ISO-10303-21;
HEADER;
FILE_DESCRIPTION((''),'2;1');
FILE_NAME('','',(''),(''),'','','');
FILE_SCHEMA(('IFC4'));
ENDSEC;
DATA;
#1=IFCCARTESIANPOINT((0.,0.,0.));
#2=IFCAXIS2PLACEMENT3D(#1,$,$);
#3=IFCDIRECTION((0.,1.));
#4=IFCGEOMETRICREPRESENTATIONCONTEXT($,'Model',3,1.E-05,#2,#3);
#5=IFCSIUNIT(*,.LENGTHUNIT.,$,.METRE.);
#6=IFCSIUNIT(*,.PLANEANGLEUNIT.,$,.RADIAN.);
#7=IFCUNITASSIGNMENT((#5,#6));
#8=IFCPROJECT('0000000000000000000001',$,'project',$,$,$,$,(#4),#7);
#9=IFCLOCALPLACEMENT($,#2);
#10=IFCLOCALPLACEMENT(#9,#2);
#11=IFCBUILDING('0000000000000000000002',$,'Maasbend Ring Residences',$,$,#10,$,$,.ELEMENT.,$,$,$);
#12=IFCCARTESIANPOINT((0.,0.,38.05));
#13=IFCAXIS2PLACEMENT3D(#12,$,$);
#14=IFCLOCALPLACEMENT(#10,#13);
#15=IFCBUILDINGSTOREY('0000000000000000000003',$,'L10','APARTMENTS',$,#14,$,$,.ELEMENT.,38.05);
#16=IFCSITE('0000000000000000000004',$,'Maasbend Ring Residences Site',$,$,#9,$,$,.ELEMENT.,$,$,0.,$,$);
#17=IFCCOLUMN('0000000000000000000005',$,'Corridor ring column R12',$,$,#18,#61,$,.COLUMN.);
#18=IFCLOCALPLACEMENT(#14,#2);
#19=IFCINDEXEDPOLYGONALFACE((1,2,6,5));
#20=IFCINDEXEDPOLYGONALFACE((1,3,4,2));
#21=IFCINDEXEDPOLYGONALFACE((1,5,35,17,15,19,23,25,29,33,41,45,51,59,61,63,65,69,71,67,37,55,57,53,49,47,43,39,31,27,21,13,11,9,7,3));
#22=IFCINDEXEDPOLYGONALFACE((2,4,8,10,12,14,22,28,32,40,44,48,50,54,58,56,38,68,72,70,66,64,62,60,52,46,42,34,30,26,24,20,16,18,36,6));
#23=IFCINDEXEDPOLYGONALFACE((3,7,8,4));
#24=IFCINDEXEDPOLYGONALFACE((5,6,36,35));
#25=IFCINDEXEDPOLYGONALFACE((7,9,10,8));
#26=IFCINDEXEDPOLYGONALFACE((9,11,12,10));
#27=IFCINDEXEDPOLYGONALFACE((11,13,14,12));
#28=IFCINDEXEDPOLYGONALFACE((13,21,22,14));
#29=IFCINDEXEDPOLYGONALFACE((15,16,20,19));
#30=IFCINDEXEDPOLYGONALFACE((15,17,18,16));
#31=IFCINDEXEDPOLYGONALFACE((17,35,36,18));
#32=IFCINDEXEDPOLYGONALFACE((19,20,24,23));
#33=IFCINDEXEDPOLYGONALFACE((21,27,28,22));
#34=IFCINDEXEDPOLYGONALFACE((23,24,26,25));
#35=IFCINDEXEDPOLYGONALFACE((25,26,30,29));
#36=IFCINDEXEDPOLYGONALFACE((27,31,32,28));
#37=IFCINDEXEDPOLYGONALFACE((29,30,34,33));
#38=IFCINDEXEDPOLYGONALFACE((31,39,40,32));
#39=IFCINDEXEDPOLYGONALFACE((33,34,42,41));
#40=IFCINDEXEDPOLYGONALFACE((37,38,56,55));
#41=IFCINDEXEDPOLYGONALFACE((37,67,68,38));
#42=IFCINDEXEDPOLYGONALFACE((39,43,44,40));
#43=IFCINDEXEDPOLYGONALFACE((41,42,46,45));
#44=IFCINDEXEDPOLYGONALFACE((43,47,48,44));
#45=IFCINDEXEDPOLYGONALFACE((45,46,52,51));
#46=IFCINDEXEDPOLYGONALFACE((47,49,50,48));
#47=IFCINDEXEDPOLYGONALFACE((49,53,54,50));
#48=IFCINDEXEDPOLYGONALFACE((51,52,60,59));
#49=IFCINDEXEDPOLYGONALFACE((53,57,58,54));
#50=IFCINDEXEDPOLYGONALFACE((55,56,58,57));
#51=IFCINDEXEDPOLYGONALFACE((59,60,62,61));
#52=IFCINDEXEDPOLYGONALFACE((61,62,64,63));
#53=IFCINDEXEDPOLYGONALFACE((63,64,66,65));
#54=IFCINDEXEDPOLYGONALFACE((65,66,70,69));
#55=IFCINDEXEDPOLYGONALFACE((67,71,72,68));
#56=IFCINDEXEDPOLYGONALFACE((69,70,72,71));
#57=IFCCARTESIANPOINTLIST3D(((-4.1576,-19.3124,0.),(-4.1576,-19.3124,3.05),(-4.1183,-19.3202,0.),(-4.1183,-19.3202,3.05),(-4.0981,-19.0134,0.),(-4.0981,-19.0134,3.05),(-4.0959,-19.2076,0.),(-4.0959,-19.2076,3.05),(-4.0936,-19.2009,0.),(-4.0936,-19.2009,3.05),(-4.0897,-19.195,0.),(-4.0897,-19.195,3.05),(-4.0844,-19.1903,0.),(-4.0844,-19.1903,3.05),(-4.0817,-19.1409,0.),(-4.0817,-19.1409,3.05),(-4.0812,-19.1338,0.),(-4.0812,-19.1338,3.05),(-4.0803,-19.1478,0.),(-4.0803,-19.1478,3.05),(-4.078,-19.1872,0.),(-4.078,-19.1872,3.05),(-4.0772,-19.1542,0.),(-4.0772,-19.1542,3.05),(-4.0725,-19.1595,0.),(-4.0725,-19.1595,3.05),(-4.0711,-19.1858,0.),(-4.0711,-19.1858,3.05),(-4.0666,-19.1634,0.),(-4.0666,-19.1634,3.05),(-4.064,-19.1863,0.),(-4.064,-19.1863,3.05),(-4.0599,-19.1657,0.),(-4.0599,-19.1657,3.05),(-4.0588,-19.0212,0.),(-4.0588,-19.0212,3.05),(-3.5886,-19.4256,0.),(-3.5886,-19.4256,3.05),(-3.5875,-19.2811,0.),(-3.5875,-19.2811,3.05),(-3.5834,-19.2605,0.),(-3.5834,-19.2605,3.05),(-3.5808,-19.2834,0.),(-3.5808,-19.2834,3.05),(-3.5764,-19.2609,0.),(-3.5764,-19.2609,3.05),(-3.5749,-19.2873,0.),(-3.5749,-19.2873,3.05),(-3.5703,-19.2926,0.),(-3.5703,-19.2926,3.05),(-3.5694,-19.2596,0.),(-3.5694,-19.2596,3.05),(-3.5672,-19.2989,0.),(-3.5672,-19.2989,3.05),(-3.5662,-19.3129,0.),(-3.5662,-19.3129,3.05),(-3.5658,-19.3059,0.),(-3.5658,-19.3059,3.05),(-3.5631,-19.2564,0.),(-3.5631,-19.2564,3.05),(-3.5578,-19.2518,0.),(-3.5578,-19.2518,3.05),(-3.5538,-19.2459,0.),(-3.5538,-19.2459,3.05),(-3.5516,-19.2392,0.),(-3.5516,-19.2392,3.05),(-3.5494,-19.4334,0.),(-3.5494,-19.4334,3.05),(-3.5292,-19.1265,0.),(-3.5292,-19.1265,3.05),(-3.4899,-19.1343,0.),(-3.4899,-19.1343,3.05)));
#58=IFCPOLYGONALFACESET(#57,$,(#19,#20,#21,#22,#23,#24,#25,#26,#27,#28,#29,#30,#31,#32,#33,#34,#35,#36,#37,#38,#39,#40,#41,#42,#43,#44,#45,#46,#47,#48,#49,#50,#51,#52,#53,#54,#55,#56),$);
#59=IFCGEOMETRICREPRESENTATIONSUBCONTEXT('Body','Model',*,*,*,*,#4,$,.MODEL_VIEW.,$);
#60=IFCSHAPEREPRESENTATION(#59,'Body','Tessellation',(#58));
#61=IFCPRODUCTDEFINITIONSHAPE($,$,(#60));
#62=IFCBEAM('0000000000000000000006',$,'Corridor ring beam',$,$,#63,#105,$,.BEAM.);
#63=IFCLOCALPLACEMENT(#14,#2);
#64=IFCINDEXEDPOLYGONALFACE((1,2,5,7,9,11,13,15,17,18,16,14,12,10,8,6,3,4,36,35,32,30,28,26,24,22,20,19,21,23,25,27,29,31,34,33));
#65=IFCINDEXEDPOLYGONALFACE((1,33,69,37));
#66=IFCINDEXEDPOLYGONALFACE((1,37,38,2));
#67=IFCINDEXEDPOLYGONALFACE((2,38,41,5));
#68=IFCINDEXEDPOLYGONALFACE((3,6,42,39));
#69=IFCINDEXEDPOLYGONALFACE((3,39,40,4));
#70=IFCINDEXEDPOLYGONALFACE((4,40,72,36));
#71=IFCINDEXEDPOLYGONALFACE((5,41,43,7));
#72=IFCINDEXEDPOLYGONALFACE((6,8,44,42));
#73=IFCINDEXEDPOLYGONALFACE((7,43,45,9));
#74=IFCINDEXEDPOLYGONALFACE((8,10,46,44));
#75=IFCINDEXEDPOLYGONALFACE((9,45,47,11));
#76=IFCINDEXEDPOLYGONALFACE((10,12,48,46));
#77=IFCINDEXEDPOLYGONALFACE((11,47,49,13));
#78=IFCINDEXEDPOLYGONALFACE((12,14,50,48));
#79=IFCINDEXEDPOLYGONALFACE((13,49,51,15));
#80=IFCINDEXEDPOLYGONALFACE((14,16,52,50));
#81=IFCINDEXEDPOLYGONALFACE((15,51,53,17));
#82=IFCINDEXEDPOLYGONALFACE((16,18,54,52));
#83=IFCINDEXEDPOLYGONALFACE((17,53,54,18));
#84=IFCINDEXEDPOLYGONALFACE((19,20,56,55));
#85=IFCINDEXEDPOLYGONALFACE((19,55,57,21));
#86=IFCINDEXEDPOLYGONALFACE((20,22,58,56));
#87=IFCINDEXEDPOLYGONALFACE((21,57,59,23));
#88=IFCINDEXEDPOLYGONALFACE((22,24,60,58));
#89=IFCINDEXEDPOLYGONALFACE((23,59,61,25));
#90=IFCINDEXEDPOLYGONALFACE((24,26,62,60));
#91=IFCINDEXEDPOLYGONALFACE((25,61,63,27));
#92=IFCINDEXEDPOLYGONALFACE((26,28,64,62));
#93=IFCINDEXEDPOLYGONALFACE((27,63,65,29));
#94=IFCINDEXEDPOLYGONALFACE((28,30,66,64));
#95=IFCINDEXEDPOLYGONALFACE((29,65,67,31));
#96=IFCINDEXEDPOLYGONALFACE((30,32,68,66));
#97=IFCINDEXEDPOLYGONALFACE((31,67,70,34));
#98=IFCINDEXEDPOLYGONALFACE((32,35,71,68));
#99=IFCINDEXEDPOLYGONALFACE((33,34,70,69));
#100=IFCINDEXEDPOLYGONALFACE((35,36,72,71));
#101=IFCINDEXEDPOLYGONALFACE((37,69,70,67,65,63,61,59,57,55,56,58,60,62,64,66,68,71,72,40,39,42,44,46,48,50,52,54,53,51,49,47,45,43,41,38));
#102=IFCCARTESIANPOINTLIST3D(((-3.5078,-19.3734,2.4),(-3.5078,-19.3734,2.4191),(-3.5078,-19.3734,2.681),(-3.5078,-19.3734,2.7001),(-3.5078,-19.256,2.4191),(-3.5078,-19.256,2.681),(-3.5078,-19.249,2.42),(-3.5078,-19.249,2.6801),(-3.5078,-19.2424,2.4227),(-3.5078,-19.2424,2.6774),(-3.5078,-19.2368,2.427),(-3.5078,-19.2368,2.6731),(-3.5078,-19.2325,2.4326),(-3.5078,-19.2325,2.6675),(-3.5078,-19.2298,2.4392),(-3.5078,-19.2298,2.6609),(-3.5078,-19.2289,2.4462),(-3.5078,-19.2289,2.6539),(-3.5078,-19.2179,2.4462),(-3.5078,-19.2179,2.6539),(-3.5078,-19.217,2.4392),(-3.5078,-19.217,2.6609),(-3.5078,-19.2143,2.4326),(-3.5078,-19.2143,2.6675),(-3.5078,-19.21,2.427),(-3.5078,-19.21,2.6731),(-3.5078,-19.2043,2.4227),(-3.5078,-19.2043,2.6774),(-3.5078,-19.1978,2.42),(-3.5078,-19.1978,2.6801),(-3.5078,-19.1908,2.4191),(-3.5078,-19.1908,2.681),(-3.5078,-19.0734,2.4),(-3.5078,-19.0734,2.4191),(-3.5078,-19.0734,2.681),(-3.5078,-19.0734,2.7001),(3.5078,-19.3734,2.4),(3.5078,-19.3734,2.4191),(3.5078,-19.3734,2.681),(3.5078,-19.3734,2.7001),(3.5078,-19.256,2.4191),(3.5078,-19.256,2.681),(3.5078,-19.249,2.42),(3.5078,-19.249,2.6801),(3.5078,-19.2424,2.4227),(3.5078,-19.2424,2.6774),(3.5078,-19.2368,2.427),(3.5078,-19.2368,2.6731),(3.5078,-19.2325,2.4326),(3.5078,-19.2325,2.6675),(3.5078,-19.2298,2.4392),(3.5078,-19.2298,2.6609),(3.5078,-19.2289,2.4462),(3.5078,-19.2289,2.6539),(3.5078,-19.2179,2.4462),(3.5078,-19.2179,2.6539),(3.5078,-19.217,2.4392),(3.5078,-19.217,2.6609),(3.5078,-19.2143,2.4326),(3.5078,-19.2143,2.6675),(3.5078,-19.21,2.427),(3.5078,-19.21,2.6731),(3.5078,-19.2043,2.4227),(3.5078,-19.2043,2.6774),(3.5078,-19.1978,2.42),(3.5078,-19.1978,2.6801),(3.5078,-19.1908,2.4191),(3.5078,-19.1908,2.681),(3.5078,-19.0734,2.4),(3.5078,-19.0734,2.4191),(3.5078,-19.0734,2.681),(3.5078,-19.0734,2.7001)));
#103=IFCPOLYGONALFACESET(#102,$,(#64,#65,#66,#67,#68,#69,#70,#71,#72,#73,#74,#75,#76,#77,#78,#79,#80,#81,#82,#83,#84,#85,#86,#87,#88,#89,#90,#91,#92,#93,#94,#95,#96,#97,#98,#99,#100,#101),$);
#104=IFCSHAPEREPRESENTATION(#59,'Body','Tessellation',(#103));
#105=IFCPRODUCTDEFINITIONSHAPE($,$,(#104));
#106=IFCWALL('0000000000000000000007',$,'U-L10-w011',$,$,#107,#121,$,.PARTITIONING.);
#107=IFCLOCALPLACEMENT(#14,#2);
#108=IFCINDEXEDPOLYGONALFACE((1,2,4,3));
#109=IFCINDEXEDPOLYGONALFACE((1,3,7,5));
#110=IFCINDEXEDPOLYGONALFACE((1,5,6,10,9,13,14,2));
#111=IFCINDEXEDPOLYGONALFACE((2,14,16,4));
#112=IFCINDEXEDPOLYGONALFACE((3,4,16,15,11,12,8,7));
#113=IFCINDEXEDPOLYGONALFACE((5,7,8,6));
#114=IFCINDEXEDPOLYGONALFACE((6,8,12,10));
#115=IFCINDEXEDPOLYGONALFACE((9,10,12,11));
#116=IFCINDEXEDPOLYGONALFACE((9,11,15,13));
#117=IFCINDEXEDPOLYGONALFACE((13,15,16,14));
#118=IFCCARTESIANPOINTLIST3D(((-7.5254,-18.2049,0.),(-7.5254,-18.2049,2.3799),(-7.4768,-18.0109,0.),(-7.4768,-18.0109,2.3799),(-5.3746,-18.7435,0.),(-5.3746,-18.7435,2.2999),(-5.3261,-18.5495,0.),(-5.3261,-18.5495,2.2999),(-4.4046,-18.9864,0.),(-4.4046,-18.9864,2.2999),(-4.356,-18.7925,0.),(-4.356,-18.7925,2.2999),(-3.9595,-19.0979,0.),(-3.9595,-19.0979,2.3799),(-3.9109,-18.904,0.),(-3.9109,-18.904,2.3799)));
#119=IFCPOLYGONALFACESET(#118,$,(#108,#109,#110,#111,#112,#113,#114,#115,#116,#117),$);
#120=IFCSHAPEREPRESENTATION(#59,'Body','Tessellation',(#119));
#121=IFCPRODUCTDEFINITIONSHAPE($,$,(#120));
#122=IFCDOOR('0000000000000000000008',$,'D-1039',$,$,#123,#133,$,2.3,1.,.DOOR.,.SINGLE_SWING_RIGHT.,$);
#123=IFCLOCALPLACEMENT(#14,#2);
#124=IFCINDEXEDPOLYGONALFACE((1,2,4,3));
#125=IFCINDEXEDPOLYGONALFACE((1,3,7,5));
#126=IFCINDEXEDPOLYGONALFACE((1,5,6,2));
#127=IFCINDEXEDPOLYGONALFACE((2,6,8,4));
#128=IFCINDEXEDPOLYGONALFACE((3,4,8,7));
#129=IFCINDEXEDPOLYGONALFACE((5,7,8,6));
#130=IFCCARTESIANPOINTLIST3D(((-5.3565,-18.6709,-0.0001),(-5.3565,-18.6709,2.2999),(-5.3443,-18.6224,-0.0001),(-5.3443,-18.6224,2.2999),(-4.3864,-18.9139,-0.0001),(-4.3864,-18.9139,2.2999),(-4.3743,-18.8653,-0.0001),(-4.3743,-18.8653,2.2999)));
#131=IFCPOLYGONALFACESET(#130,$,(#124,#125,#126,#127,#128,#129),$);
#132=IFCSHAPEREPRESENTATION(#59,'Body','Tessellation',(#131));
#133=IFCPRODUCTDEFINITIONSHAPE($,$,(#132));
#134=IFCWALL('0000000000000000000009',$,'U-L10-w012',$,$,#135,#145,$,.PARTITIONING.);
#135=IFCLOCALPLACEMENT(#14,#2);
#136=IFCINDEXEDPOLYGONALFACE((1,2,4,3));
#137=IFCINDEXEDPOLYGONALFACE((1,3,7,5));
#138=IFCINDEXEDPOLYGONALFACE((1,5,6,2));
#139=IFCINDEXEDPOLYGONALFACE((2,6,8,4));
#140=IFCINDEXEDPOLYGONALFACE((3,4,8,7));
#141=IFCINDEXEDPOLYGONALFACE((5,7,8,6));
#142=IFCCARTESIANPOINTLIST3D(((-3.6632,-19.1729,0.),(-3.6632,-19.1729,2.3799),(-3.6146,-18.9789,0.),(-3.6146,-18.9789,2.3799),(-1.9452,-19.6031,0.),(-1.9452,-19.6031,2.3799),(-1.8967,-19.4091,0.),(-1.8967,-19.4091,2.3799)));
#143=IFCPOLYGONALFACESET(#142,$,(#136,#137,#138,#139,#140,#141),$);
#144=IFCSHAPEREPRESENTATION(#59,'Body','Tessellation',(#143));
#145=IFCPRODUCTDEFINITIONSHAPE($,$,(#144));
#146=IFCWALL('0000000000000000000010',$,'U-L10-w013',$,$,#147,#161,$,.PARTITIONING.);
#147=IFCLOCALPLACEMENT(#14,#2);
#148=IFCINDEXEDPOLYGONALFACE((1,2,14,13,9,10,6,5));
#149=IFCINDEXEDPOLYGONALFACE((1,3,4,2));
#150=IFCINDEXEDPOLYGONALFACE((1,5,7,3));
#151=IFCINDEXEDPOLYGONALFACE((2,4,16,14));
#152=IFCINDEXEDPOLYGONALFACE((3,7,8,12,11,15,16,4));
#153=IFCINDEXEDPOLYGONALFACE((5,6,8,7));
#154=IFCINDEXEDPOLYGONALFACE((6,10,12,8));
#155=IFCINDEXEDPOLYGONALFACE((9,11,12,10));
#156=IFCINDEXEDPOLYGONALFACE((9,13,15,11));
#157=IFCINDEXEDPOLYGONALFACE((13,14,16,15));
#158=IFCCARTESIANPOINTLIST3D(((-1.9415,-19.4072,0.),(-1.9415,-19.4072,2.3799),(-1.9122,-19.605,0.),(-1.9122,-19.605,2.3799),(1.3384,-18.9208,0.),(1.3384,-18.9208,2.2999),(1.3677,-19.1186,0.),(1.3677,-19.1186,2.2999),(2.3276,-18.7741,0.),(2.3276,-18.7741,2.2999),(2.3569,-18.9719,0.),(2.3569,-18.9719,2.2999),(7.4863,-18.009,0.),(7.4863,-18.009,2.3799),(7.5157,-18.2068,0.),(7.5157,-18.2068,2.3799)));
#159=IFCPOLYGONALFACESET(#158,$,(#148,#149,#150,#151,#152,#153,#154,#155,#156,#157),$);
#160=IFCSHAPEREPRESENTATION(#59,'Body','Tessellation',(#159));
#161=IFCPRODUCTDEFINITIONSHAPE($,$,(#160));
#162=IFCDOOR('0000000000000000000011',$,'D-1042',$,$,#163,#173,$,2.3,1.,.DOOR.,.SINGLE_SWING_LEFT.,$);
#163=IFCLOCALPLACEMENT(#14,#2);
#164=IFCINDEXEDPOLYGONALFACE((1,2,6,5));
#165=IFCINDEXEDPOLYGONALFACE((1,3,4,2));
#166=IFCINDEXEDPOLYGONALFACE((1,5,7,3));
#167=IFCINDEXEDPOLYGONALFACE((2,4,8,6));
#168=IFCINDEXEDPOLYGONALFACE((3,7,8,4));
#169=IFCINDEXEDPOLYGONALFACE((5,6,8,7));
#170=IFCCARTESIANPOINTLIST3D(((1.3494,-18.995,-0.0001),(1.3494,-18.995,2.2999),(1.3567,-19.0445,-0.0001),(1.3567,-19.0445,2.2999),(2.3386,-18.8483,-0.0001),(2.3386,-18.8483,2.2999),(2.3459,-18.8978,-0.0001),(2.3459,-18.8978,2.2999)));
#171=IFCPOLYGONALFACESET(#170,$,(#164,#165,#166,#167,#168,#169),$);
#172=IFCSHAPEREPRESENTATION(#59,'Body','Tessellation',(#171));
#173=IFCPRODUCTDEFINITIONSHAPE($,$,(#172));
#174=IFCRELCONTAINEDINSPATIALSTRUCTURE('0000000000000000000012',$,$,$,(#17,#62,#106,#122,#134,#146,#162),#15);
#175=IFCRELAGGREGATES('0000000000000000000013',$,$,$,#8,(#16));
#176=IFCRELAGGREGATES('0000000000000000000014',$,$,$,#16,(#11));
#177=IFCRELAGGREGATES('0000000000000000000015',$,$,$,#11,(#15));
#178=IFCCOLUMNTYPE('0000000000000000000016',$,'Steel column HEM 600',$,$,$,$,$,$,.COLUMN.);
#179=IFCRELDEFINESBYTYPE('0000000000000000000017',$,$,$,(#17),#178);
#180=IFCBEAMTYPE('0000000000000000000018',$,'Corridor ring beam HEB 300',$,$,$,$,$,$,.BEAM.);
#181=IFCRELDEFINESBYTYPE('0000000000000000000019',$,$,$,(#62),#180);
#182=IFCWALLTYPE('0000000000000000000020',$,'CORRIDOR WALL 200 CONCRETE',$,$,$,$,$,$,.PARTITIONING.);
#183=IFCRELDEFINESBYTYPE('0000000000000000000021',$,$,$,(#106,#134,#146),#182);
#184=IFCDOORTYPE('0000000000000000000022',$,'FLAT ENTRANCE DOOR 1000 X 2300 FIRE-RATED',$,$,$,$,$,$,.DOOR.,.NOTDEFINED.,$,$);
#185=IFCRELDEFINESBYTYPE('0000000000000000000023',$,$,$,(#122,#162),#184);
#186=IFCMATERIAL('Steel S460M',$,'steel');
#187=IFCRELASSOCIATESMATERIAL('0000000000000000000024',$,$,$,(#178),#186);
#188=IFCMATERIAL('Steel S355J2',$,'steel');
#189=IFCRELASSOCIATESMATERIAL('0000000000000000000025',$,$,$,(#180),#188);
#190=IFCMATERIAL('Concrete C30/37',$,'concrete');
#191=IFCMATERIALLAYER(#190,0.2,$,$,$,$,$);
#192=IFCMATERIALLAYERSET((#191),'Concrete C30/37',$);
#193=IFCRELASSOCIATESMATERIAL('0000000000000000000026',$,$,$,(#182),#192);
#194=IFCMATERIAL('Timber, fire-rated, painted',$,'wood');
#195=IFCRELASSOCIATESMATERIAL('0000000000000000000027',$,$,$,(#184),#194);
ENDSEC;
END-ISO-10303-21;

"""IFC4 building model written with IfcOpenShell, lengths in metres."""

from ifc_helpers import new_model, si_unit, direction, frame, frame_2d, origin, origin_2d, place, context, subcontext, project, spatial, rectangle, i_section, extrude, material, layer, layer_set, material_profile, profile_set, type_object, element, fill, save


model = new_model("IFC4")

# Units and contexts
model_context = context("Model", 3, precision=1e-05, world=origin(), true_north=direction((0.0, 1.0)))
body_context = subcontext(model_context, "Body", "Model", "MODEL_VIEW")
ifc_project = project(units=[si_unit("LENGTHUNIT", "METRE"), si_unit("PLANEANGLEUNIT", "RADIAN")], contexts=[model_context])

# Site, building, storey
site_placement = place(None, origin())
site = spatial("IfcSite", under=ifc_project, at=site_placement, Name="Maasbend Ring Residences Site", CompositionType="ELEMENT", RefElevation=0.0)
building_placement = place(site_placement, origin())
building = spatial("IfcBuilding", under=site, at=building_placement, Name="Maasbend Ring Residences", CompositionType="ELEMENT")
storey_placement = place(building_placement, frame((0.0, 0.0, 38.05)))
storey = spatial("IfcBuildingStorey", under=building, at=storey_placement, Name="L10", Description="APARTMENTS", CompositionType="ELEMENT", Elevation=38.05)

# Column
ifc_material_1 = material(Name="Steel S460M", Category="steel")
ifc_material_profile_1 = material_profile(ifc_material_1, i_section(OverallWidth=0.3049, OverallDepth=0.6201, WebThickness=0.021, FlangeThickness=0.04, FilletRadius=0.0271, at=origin_2d()), Name="HEM 600")
ifc_profile_set_1 = profile_set([ifc_material_profile_1], Name="Steel S460M")
column_type = type_object("IfcColumnType", Name="Steel column HEM 600", PredefinedType="COLUMN", material=ifc_profile_set_1)
column_placement = place(storey_placement, frame((-3.8237, -19.2234, 0.0), z_axis=(0.0, 0.0, 1.0), x_axis=(-0.19509, -0.980785, 0.0)))
element("IfcColumn", 1, at=column_placement, inside=storey, type_object=column_type, Name="Corridor ring column R12", PredefinedType="COLUMN", context=body_context, shape_type="SweptSolid", body=[
    extrude(i_section(OverallWidth=0.3049, OverallDepth=0.6201, WebThickness=0.021, FlangeThickness=0.04, FilletRadius=0.0271, at=origin_2d()), origin(), (0.0, 0.0, 1.0), 3.05),
])

# Beam
ifc_material_2 = material(Name="Steel S355J2", Category="steel")
ifc_material_profile_2 = material_profile(ifc_material_2, i_section(OverallWidth=0.3, OverallDepth=0.3, WebThickness=0.011, FlangeThickness=0.019, FilletRadius=0.0271, at=origin_2d()), Name="HEB 300")
ifc_profile_set_2 = profile_set([ifc_material_profile_2], Name="Steel S355J2")
beam_type = type_object("IfcBeamType", Name="Corridor ring beam HEB 300", PredefinedType="BEAM", material=ifc_profile_set_2)
beam_placement = place(storey_placement, frame((-3.5078, -19.2234, 2.55), z_axis=(1.0, 0.0, 0.0), x_axis=(0.0, 1.0, 0.0)))
element("IfcBeam", 2, at=beam_placement, inside=storey, type_object=beam_type, Name="Corridor ring beam", PredefinedType="BEAM", context=body_context, shape_type="SweptSolid", body=[
    extrude(i_section(OverallWidth=0.3, OverallDepth=0.3, WebThickness=0.011, FlangeThickness=0.019, FilletRadius=0.0271, at=origin_2d()), origin(), (0.0, 0.0, 1.0), 7.0156),
])

# Wall, opening, door
ifc_material_3 = material(Name="Concrete C30/37", Category="concrete")
ifc_layer_1 = layer(ifc_material_3, 0.2)
ifc_layer_set_1 = layer_set([ifc_layer_1], Name="Concrete C30/37")
wall_type_1 = type_object("IfcWallType", Name="CORRIDOR WALL 200 CONCRETE", PredefinedType="PARTITIONING", material=ifc_layer_set_1)
wall_1_placement = place(storey_placement, frame((-7.501, -18.1079, 0.0), z_axis=(0.0, 0.0, 1.0), x_axis=(0.970041, -0.242942, 0.0)))
wall_1 = element("IfcWall", 3, at=wall_1_placement, inside=storey, type_object=wall_type_1, Name="U-L10-w011", PredefinedType="PARTITIONING", context=body_context, shape_type="SweptSolid", body=[
    extrude(rectangle(XDim=3.676, YDim=0.2, at=frame_2d((1.8379, 0.0))), origin(), (0.0, 0.0, 1.0), 2.3799),
])
opening_1_placement = place(wall_1_placement, frame((2.217, 0.0, 0.0)))
opening_1 = element("IfcOpeningElement", 4, at=opening_1_placement, cuts=wall_1, PredefinedType="OPENING", context=body_context, shape_type="SweptSolid", body=[
    extrude(rectangle(XDim=1.0, YDim=2.3, at=frame_2d((0.5, 1.1499))), frame((0.0, 0.1099, 0.0), z_axis=(0.0, -1.0, 0.0), x_axis=(1.0, 0.0, 0.0)), (0.0, 0.0, 1.0), 0.22),
])
ifc_material_4 = material(Name="Timber, fire-rated, painted", Category="wood")
door_type_1 = type_object("IfcDoorType", Name="FLAT ENTRANCE DOOR 1000 X 2300 FIRE-RATED", OperationType="NOTDEFINED", PredefinedType="DOOR", material=ifc_material_4)
door_1_placement = place(opening_1_placement, origin())
door_1 = element("IfcDoor", 5, at=door_1_placement, inside=storey, type_object=door_type_1, Name="D-1039", OperationType="SINGLE_SWING_RIGHT", OverallHeight=2.3, OverallWidth=1.0, PredefinedType="DOOR", context=body_context, shape_type="SweptSolid", body=[
    extrude(rectangle(XDim=1.0, YDim=2.3, at=frame_2d((0.5, 1.1499))), frame((0.0, 0.0249, 0.0), z_axis=(0.0, -1.0, 0.0), x_axis=(1.0, 0.0, 0.0)), (0.0, 0.0, 1.0), 0.05),
])
fill(opening_1, door_1)

# Wall
wall_2_placement = place(storey_placement, frame((-3.6389, -19.0759, 0.0), z_axis=(0.0, 0.0, 1.0), x_axis=(0.970053, -0.242892, 0.0)))
element("IfcWall", 6, at=wall_2_placement, inside=storey, type_object=wall_type_1, Name="U-L10-w012", PredefinedType="PARTITIONING", context=body_context, shape_type="SweptSolid", body=[
    extrude(rectangle(XDim=1.771, YDim=0.2, at=frame_2d((0.8855, 0.0))), origin(), (0.0, 0.0, 1.0), 2.3799),
])

# Wall, opening, door
wall_3_placement = place(storey_placement, frame((-1.927, -19.5061, 0.0), z_axis=(0.0, 0.0, 1.0), x_axis=(0.989181, 0.146698, 0.0)))
wall_3 = element("IfcWall", 7, at=wall_3_placement, inside=storey, type_object=wall_type_1, Name="U-L10-w013", PredefinedType="PARTITIONING", context=body_context, shape_type="SweptSolid", body=[
    extrude(rectangle(XDim=9.531, YDim=0.2, at=frame_2d((4.7656, 0.0))), origin(), (0.0, 0.0, 1.0), 2.3799),
])
opening_2_placement = place(wall_3_placement, frame((3.3159, 0.0, 0.0)))
opening_2 = element("IfcOpeningElement", 8, at=opening_2_placement, cuts=wall_3, PredefinedType="OPENING", context=body_context, shape_type="SweptSolid", body=[
    extrude(rectangle(XDim=1.0, YDim=2.3, at=frame_2d((0.5, 1.1499))), frame((0.0, 0.1099, 0.0), z_axis=(0.0, -1.0, 0.0), x_axis=(1.0, 0.0, 0.0)), (0.0, 0.0, 1.0), 0.22),
])
door_2_placement = place(opening_2_placement, origin())
door_2 = element("IfcDoor", 9, at=door_2_placement, inside=storey, type_object=door_type_1, Name="D-1042", OperationType="SINGLE_SWING_LEFT", OverallHeight=2.3, OverallWidth=1.0, PredefinedType="DOOR", context=body_context, shape_type="SweptSolid", body=[
    extrude(rectangle(XDim=1.0, YDim=2.3, at=frame_2d((0.5, 1.1499))), frame((0.0, 0.0249, 0.0), z_axis=(0.0, -1.0, 0.0), x_axis=(1.0, 0.0, 0.0)), (0.0, 0.0, 1.0), 0.05),
])
fill(opening_2, door_2)

save(model, "model.ifc")
